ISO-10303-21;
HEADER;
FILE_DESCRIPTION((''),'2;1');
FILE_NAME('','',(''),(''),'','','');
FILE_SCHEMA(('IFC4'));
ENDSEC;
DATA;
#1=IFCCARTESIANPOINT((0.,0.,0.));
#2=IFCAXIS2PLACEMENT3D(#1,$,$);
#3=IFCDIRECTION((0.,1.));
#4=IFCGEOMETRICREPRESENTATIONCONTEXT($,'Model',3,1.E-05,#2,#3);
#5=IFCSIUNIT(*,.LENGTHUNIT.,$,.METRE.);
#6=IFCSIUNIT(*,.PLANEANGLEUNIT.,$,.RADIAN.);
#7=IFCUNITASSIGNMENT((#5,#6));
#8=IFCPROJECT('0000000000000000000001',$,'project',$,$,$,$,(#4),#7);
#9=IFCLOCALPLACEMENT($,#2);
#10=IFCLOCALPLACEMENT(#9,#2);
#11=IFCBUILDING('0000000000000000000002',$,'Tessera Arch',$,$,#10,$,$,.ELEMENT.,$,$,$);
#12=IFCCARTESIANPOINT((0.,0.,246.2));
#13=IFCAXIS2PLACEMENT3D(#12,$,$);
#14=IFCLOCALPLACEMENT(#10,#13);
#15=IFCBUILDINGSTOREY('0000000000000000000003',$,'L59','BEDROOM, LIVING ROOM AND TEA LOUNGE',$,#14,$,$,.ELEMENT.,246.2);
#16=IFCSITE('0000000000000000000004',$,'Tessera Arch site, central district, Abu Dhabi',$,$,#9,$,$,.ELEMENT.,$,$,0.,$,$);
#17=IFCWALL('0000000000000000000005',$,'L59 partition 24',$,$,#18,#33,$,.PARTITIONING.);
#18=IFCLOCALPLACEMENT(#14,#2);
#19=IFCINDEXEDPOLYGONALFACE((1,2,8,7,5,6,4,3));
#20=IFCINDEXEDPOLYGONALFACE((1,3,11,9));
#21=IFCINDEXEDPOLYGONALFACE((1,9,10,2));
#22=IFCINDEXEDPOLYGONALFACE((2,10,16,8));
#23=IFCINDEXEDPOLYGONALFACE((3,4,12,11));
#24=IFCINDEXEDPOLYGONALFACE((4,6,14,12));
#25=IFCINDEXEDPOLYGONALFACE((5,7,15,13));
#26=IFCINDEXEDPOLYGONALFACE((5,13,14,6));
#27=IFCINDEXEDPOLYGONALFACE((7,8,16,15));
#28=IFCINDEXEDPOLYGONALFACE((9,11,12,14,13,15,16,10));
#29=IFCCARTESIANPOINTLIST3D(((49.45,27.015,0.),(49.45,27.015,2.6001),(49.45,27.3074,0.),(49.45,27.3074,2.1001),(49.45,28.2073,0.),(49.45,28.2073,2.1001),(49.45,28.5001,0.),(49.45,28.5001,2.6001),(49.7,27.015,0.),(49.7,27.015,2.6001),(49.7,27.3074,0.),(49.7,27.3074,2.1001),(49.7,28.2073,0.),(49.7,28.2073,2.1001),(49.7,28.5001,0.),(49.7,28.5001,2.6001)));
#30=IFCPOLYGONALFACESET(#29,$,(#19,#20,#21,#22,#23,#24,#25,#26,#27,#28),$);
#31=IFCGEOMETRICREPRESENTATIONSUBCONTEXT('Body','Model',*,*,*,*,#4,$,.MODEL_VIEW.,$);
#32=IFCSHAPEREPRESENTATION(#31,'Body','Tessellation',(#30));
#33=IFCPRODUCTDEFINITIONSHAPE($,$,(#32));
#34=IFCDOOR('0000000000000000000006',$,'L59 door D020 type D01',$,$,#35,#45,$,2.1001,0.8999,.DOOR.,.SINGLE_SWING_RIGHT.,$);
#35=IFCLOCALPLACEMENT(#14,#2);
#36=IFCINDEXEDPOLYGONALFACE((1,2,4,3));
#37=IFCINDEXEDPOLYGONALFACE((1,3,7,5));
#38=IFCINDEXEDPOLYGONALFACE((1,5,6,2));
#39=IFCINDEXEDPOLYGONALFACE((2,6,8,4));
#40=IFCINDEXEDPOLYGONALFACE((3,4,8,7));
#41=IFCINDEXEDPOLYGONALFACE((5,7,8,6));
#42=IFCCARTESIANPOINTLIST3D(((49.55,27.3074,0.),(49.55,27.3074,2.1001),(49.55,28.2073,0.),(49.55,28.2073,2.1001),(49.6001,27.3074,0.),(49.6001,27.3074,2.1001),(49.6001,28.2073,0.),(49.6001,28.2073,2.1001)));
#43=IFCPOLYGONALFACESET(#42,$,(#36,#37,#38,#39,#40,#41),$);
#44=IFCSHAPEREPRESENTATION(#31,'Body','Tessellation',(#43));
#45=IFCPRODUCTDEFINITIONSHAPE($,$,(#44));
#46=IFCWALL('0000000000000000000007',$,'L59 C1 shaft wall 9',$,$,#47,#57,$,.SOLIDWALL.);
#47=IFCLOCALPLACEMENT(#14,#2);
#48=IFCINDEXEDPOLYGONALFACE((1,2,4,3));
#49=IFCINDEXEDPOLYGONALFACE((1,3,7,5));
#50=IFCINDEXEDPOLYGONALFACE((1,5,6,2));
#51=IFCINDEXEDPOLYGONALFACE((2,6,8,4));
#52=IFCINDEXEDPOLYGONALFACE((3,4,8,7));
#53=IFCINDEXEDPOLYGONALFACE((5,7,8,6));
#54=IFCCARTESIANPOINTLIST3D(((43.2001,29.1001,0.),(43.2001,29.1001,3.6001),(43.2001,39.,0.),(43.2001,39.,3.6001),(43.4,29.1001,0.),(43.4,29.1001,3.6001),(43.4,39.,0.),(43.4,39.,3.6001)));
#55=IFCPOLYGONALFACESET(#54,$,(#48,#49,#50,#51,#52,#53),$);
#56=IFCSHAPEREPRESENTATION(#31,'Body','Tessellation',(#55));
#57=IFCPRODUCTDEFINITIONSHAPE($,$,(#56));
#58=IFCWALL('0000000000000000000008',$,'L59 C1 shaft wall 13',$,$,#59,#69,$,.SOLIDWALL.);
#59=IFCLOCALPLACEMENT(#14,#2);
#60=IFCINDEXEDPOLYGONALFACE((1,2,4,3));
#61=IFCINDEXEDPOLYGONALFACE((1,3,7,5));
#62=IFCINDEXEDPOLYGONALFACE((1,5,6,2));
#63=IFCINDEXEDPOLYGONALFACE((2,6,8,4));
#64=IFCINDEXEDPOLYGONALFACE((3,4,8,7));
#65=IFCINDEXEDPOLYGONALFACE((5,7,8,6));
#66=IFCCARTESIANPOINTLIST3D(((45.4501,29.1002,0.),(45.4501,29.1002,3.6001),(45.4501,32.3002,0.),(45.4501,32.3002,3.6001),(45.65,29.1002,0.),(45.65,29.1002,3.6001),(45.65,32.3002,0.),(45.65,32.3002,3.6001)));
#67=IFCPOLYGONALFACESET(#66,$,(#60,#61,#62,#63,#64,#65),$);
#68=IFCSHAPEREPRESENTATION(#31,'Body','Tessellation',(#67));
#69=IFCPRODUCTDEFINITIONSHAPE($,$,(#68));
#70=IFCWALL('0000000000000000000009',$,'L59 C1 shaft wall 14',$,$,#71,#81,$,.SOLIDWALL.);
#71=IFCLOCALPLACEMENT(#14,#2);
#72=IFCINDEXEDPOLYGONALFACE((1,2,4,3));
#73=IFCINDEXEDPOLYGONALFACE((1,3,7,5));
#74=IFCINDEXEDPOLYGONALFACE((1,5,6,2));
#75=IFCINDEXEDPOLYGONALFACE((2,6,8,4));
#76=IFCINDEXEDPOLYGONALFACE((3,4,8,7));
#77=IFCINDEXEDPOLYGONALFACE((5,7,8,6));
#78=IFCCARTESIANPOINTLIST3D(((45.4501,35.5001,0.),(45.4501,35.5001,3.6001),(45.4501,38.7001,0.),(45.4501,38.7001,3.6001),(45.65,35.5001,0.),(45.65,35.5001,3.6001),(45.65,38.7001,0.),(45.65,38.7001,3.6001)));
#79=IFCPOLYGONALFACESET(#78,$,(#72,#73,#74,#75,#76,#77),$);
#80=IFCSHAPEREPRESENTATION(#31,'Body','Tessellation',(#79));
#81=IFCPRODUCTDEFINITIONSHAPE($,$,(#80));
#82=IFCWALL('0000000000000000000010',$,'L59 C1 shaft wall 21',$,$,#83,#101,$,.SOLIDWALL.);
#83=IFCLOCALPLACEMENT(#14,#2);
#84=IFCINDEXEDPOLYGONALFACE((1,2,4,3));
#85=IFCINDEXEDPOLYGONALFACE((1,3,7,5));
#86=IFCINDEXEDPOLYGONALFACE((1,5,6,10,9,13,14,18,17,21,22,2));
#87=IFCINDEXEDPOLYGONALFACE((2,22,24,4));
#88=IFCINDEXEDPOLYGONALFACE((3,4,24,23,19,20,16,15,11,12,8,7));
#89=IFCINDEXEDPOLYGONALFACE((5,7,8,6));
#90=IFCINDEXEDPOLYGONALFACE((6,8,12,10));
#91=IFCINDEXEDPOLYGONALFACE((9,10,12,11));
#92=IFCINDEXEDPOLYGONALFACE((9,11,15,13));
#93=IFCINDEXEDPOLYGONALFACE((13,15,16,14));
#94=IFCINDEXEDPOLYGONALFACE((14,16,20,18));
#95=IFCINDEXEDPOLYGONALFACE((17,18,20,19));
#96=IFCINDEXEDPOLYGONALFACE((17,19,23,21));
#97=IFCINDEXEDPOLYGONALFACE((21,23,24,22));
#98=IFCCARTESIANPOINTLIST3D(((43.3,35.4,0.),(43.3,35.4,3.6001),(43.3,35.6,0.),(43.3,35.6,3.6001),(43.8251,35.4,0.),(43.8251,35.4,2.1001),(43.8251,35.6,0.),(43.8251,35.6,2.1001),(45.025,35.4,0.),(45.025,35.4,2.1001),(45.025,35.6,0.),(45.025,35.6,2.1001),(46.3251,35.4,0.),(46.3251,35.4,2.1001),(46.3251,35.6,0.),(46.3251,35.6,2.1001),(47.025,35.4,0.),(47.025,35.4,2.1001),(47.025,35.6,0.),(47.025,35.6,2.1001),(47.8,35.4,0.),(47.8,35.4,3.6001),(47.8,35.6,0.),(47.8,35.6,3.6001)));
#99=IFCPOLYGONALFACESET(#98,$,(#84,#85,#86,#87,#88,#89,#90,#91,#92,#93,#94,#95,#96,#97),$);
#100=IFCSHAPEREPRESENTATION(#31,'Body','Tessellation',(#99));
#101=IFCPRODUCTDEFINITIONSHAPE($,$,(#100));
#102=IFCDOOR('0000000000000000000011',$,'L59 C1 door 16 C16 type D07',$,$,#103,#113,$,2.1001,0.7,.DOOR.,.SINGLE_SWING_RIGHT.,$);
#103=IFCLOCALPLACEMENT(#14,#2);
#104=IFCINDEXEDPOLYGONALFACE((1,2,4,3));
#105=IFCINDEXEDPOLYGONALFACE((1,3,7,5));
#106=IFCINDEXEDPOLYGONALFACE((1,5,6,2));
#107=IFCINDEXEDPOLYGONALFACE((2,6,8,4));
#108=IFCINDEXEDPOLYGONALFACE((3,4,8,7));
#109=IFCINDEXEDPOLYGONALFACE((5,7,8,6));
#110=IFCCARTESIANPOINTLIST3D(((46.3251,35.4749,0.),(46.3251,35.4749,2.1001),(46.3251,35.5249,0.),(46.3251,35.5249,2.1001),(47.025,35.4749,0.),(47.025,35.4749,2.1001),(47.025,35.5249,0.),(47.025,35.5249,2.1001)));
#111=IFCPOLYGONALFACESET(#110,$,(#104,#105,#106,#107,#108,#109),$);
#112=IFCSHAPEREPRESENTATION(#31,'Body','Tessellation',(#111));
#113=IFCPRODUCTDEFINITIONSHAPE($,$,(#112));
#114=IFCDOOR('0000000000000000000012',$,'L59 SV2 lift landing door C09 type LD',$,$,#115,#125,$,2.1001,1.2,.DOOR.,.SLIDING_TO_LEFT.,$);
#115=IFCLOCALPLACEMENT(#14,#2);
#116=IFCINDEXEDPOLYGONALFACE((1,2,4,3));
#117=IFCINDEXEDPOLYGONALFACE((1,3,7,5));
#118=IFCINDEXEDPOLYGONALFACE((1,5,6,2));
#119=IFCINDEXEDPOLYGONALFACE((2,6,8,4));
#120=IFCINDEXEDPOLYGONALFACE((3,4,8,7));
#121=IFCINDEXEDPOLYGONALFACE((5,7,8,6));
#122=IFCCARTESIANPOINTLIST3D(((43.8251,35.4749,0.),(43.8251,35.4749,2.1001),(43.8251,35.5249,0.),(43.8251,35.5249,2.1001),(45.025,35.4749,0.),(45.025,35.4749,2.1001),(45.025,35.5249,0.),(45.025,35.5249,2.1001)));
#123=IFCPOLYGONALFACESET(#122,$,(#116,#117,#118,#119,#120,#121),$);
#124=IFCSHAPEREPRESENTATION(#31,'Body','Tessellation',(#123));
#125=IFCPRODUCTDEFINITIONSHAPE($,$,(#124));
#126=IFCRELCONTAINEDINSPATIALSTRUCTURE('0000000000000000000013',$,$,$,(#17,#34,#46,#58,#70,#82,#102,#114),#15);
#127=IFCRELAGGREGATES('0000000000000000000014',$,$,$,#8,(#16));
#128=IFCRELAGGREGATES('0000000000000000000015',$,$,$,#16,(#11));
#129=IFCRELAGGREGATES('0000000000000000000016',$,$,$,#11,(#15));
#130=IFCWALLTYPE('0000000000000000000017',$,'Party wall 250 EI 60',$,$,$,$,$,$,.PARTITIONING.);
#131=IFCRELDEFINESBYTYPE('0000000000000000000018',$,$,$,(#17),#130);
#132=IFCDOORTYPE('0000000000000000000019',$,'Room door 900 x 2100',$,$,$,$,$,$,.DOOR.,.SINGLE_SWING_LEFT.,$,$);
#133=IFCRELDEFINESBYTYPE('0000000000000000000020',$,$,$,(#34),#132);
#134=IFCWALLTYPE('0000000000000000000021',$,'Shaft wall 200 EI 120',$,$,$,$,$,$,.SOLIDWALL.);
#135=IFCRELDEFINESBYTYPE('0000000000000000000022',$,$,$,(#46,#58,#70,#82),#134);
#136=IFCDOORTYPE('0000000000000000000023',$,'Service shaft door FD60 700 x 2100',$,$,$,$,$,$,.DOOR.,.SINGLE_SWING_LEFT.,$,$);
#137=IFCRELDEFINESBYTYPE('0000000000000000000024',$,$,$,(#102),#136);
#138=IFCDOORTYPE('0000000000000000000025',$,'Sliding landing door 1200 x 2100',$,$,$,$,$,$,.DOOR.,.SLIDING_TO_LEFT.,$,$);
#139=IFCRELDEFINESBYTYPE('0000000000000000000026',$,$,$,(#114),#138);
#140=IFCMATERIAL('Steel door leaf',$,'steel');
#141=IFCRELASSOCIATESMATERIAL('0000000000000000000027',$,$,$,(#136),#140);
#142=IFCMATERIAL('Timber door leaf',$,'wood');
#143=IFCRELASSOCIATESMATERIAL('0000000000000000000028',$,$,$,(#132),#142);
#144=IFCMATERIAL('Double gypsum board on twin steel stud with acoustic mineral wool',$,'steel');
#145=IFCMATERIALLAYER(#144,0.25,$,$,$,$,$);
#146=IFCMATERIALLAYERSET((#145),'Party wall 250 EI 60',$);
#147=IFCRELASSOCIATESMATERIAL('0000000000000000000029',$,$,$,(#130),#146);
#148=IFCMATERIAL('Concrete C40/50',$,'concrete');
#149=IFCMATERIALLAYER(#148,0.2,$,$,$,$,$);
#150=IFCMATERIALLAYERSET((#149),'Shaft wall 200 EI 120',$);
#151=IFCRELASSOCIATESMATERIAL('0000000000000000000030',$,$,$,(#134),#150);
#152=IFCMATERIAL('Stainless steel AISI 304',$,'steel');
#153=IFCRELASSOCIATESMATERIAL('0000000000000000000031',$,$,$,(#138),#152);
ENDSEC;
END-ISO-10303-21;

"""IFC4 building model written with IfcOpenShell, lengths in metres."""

from ifc_helpers import new_model, si_unit, direction, frame, frame_2d, origin, place, context, subcontext, project, spatial, rectangle, extrude, material, layer, layer_set, type_object, element, fill, save


model = new_model("IFC4")

# Units and contexts
model_context = context("Model", 3, precision=1e-05, world=origin(), true_north=direction((0.0, 1.0)))
body_context = subcontext(model_context, "Body", "Model", "MODEL_VIEW")
ifc_project = project(units=[si_unit("LENGTHUNIT", "METRE"), si_unit("PLANEANGLEUNIT", "RADIAN")], contexts=[model_context])

# Site, building, storey
site_placement = place(None, origin())
site = spatial("IfcSite", under=ifc_project, at=site_placement, Name="Tessera Arch site, central district, Abu Dhabi", CompositionType="ELEMENT", RefElevation=0.0)
building_placement = place(site_placement, origin())
building = spatial("IfcBuilding", under=site, at=building_placement, Name="Tessera Arch", CompositionType="ELEMENT")
storey_placement = place(building_placement, frame((0.0, 0.0, 246.2)))
storey = spatial("IfcBuildingStorey", under=building, at=storey_placement, Name="L59", Description="BEDROOM, LIVING ROOM AND TEA LOUNGE", CompositionType="ELEMENT", Elevation=246.2)

# Shared definitions
ifc_material_1 = material(Name="Steel door leaf", Category="steel")
door_type_1 = type_object("IfcDoorType", Name="Service shaft door FD60 700 x 2100", OperationType="SINGLE_SWING_LEFT", PredefinedType="DOOR", material=ifc_material_1)

# Shared definitions
ifc_material_2 = material(Name="Timber door leaf", Category="wood")
door_type_2 = type_object("IfcDoorType", Name="Room door 900 x 2100", OperationType="SINGLE_SWING_LEFT", PredefinedType="DOOR", material=ifc_material_2)

# Wall, opening, door
ifc_material_3 = material(Name="Double gypsum board on twin steel stud with acoustic mineral wool", Category="steel")
ifc_layer_1 = layer(ifc_material_3, 0.25)
ifc_layer_set_1 = layer_set([ifc_layer_1], Name="Party wall 250 EI 60")
wall_type_1 = type_object("IfcWallType", Name="Party wall 250 EI 60", PredefinedType="PARTITIONING", material=ifc_layer_set_1)
wall_1_placement = place(storey_placement, frame((49.575, 27.0149, 0.0), z_axis=(0.0, 0.0, 1.0), x_axis=(0.0, 1.0, 0.0)))
wall_1 = element("IfcWall", 1, at=wall_1_placement, inside=storey, type_object=wall_type_1, Name="L59 partition 24", PredefinedType="PARTITIONING", context=body_context, shape_type="SweptSolid", body=[
    extrude(rectangle(XDim=1.4851, YDim=0.25, at=frame_2d((0.7427, 0.0))), origin(), (0.0, 0.0, 1.0), 2.6001),
])
opening_1_placement = place(wall_1_placement, frame((0.2925, 0.0, 0.0)))
opening_1 = element("IfcOpeningElement", 2, at=opening_1_placement, cuts=wall_1, PredefinedType="OPENING", context=body_context, shape_type="SweptSolid", body=[
    extrude(rectangle(XDim=0.8999, YDim=2.1001, at=frame_2d((0.45, 1.05))), frame((0.0, 0.135, 0.0), z_axis=(0.0, -1.0, 0.0), x_axis=(1.0, 0.0, 0.0)), (0.0, 0.0, 1.0), 0.27),
])
door_1_placement = place(opening_1_placement, origin())
door_1 = element("IfcDoor", 3, at=door_1_placement, inside=storey, type_object=door_type_2, Name="L59 door D020 type D01", OperationType="SINGLE_SWING_RIGHT", OverallHeight=2.1001, OverallWidth=0.8999, PredefinedType="DOOR", context=body_context, shape_type="SweptSolid", body=[
    extrude(rectangle(XDim=0.8999, YDim=2.1001, at=frame_2d((0.45, 1.05))), frame((0.0, 0.0249, 0.0), z_axis=(0.0, -1.0, 0.0), x_axis=(1.0, 0.0, 0.0)), (0.0, 0.0, 1.0), 0.05),
])
fill(opening_1, door_1)

# Walls
ifc_material_4 = material(Name="Concrete C40/50", Category="concrete")
ifc_layer_2 = layer(ifc_material_4, 0.2)
ifc_layer_set_2 = layer_set([ifc_layer_2], Name="Shaft wall 200 EI 120")
wall_type_2 = type_object("IfcWallType", Name="Shaft wall 200 EI 120", PredefinedType="SOLIDWALL", material=ifc_layer_set_2)
wall_2_placement = place(storey_placement, frame((43.3, 29.1001, 0.0), z_axis=(0.0, 0.0, 1.0), x_axis=(0.0, 1.0, 0.0)))
element("IfcWall", 4, at=wall_2_placement, inside=storey, type_object=wall_type_2, Name="L59 C1 shaft wall 9", PredefinedType="SOLIDWALL", context=body_context, shape_type="SweptSolid", body=[
    extrude(rectangle(XDim=9.8999, YDim=0.2, at=frame_2d((4.95, 0.0))), origin(), (0.0, 0.0, 1.0), 3.6001),
])
for number, where, z_axis, x_axis, name in (
    (5, (45.55, 29.1001, 0.0), (0.0, 0.0, 1.0), (0.0, 1.0, 0.0), "L59 C1 shaft wall 13"),
    (6, (45.55, 35.5, 0.0), (0.0, 0.0, 1.0), (0.0, 1.0, 0.0), "L59 C1 shaft wall 14"),
):
    element("IfcWall", number, at=place(storey_placement, frame(where, z_axis=z_axis, x_axis=x_axis)), inside=storey, type_object=wall_type_2, Name=name, PredefinedType="SOLIDWALL", context=body_context, shape_type="SweptSolid", body=[
        extrude(rectangle(XDim=3.2, YDim=0.2, at=frame_2d((1.6001, 0.0))), origin(), (0.0, 0.0, 1.0), 3.6001),
    ])

# Wall, openings, doors
wall_3_placement = place(storey_placement, frame((43.3, 35.5, 0.0), z_axis=(0.0, 0.0, 1.0), x_axis=(1.0, 0.0, 0.0)))
wall_3 = element("IfcWall", 7, at=wall_3_placement, inside=storey, type_object=wall_type_2, Name="L59 C1 shaft wall 21", PredefinedType="SOLIDWALL", context=body_context, shape_type="SweptSolid", body=[
    extrude(rectangle(XDim=4.5, YDim=0.2, at=frame_2d((2.25, 0.0))), origin(), (0.0, 0.0, 1.0), 3.6001),
])
opening_2_placement = place(wall_3_placement, frame((0.5249, 0.0, 0.0)))
opening_2 = element("IfcOpeningElement", 8, at=opening_2_placement, cuts=wall_3, PredefinedType="OPENING", context=body_context, shape_type="SweptSolid", body=[
    extrude(rectangle(XDim=1.2, YDim=2.1001, at=frame_2d((0.6001, 1.05))), frame((0.0, 0.1099, 0.0), z_axis=(0.0, -1.0, 0.0), x_axis=(1.0, 0.0, 0.0)), (0.0, 0.0, 1.0), 0.22),
])
opening_3_placement = place(wall_3_placement, frame((3.0249, 0.0, 0.0)))
opening_3 = element("IfcOpeningElement", 9, at=opening_3_placement, cuts=wall_3, PredefinedType="OPENING", context=body_context, shape_type="SweptSolid", body=[
    extrude(rectangle(XDim=0.7, YDim=2.1001, at=frame_2d((0.3501, 1.05))), frame((0.0, 0.1099, 0.0), z_axis=(0.0, -1.0, 0.0), x_axis=(1.0, 0.0, 0.0)), (0.0, 0.0, 1.0), 0.22),
])
door_2_placement = place(opening_3_placement, origin())
door_2 = element("IfcDoor", 10, at=door_2_placement, inside=storey, type_object=door_type_1, Name="L59 C1 door 16 C16 type D07", OperationType="SINGLE_SWING_RIGHT", OverallHeight=2.1001, OverallWidth=0.7, PredefinedType="DOOR", context=body_context, shape_type="SweptSolid", body=[
    extrude(rectangle(XDim=0.7, YDim=2.1001, at=frame_2d((0.3501, 1.05))), frame((0.0, 0.0249, 0.0), z_axis=(0.0, -1.0, 0.0), x_axis=(1.0, 0.0, 0.0)), (0.0, 0.0, 1.0), 0.05),
])
fill(opening_3, door_2)
ifc_material_5 = material(Name="Stainless steel AISI 304", Category="steel")
door_type_3 = type_object("IfcDoorType", Name="Sliding landing door 1200 x 2100", OperationType="SLIDING_TO_LEFT", PredefinedType="DOOR", material=ifc_material_5)
door_3_placement = place(opening_2_placement, origin())
door_3 = element("IfcDoor", 11, at=door_3_placement, inside=storey, type_object=door_type_3, Name="L59 SV2 lift landing door C09 type LD", OperationType="SLIDING_TO_LEFT", OverallHeight=2.1001, OverallWidth=1.2, PredefinedType="DOOR", context=body_context, shape_type="SweptSolid", body=[
    extrude(rectangle(XDim=1.2, YDim=2.1001, at=frame_2d((0.6001, 1.05))), frame((0.0, 0.0249, 0.0), z_axis=(0.0, -1.0, 0.0), x_axis=(1.0, 0.0, 0.0)), (0.0, 0.0, 1.0), 0.05),
])
fill(opening_2, door_3)

save(model, "model.ifc")
